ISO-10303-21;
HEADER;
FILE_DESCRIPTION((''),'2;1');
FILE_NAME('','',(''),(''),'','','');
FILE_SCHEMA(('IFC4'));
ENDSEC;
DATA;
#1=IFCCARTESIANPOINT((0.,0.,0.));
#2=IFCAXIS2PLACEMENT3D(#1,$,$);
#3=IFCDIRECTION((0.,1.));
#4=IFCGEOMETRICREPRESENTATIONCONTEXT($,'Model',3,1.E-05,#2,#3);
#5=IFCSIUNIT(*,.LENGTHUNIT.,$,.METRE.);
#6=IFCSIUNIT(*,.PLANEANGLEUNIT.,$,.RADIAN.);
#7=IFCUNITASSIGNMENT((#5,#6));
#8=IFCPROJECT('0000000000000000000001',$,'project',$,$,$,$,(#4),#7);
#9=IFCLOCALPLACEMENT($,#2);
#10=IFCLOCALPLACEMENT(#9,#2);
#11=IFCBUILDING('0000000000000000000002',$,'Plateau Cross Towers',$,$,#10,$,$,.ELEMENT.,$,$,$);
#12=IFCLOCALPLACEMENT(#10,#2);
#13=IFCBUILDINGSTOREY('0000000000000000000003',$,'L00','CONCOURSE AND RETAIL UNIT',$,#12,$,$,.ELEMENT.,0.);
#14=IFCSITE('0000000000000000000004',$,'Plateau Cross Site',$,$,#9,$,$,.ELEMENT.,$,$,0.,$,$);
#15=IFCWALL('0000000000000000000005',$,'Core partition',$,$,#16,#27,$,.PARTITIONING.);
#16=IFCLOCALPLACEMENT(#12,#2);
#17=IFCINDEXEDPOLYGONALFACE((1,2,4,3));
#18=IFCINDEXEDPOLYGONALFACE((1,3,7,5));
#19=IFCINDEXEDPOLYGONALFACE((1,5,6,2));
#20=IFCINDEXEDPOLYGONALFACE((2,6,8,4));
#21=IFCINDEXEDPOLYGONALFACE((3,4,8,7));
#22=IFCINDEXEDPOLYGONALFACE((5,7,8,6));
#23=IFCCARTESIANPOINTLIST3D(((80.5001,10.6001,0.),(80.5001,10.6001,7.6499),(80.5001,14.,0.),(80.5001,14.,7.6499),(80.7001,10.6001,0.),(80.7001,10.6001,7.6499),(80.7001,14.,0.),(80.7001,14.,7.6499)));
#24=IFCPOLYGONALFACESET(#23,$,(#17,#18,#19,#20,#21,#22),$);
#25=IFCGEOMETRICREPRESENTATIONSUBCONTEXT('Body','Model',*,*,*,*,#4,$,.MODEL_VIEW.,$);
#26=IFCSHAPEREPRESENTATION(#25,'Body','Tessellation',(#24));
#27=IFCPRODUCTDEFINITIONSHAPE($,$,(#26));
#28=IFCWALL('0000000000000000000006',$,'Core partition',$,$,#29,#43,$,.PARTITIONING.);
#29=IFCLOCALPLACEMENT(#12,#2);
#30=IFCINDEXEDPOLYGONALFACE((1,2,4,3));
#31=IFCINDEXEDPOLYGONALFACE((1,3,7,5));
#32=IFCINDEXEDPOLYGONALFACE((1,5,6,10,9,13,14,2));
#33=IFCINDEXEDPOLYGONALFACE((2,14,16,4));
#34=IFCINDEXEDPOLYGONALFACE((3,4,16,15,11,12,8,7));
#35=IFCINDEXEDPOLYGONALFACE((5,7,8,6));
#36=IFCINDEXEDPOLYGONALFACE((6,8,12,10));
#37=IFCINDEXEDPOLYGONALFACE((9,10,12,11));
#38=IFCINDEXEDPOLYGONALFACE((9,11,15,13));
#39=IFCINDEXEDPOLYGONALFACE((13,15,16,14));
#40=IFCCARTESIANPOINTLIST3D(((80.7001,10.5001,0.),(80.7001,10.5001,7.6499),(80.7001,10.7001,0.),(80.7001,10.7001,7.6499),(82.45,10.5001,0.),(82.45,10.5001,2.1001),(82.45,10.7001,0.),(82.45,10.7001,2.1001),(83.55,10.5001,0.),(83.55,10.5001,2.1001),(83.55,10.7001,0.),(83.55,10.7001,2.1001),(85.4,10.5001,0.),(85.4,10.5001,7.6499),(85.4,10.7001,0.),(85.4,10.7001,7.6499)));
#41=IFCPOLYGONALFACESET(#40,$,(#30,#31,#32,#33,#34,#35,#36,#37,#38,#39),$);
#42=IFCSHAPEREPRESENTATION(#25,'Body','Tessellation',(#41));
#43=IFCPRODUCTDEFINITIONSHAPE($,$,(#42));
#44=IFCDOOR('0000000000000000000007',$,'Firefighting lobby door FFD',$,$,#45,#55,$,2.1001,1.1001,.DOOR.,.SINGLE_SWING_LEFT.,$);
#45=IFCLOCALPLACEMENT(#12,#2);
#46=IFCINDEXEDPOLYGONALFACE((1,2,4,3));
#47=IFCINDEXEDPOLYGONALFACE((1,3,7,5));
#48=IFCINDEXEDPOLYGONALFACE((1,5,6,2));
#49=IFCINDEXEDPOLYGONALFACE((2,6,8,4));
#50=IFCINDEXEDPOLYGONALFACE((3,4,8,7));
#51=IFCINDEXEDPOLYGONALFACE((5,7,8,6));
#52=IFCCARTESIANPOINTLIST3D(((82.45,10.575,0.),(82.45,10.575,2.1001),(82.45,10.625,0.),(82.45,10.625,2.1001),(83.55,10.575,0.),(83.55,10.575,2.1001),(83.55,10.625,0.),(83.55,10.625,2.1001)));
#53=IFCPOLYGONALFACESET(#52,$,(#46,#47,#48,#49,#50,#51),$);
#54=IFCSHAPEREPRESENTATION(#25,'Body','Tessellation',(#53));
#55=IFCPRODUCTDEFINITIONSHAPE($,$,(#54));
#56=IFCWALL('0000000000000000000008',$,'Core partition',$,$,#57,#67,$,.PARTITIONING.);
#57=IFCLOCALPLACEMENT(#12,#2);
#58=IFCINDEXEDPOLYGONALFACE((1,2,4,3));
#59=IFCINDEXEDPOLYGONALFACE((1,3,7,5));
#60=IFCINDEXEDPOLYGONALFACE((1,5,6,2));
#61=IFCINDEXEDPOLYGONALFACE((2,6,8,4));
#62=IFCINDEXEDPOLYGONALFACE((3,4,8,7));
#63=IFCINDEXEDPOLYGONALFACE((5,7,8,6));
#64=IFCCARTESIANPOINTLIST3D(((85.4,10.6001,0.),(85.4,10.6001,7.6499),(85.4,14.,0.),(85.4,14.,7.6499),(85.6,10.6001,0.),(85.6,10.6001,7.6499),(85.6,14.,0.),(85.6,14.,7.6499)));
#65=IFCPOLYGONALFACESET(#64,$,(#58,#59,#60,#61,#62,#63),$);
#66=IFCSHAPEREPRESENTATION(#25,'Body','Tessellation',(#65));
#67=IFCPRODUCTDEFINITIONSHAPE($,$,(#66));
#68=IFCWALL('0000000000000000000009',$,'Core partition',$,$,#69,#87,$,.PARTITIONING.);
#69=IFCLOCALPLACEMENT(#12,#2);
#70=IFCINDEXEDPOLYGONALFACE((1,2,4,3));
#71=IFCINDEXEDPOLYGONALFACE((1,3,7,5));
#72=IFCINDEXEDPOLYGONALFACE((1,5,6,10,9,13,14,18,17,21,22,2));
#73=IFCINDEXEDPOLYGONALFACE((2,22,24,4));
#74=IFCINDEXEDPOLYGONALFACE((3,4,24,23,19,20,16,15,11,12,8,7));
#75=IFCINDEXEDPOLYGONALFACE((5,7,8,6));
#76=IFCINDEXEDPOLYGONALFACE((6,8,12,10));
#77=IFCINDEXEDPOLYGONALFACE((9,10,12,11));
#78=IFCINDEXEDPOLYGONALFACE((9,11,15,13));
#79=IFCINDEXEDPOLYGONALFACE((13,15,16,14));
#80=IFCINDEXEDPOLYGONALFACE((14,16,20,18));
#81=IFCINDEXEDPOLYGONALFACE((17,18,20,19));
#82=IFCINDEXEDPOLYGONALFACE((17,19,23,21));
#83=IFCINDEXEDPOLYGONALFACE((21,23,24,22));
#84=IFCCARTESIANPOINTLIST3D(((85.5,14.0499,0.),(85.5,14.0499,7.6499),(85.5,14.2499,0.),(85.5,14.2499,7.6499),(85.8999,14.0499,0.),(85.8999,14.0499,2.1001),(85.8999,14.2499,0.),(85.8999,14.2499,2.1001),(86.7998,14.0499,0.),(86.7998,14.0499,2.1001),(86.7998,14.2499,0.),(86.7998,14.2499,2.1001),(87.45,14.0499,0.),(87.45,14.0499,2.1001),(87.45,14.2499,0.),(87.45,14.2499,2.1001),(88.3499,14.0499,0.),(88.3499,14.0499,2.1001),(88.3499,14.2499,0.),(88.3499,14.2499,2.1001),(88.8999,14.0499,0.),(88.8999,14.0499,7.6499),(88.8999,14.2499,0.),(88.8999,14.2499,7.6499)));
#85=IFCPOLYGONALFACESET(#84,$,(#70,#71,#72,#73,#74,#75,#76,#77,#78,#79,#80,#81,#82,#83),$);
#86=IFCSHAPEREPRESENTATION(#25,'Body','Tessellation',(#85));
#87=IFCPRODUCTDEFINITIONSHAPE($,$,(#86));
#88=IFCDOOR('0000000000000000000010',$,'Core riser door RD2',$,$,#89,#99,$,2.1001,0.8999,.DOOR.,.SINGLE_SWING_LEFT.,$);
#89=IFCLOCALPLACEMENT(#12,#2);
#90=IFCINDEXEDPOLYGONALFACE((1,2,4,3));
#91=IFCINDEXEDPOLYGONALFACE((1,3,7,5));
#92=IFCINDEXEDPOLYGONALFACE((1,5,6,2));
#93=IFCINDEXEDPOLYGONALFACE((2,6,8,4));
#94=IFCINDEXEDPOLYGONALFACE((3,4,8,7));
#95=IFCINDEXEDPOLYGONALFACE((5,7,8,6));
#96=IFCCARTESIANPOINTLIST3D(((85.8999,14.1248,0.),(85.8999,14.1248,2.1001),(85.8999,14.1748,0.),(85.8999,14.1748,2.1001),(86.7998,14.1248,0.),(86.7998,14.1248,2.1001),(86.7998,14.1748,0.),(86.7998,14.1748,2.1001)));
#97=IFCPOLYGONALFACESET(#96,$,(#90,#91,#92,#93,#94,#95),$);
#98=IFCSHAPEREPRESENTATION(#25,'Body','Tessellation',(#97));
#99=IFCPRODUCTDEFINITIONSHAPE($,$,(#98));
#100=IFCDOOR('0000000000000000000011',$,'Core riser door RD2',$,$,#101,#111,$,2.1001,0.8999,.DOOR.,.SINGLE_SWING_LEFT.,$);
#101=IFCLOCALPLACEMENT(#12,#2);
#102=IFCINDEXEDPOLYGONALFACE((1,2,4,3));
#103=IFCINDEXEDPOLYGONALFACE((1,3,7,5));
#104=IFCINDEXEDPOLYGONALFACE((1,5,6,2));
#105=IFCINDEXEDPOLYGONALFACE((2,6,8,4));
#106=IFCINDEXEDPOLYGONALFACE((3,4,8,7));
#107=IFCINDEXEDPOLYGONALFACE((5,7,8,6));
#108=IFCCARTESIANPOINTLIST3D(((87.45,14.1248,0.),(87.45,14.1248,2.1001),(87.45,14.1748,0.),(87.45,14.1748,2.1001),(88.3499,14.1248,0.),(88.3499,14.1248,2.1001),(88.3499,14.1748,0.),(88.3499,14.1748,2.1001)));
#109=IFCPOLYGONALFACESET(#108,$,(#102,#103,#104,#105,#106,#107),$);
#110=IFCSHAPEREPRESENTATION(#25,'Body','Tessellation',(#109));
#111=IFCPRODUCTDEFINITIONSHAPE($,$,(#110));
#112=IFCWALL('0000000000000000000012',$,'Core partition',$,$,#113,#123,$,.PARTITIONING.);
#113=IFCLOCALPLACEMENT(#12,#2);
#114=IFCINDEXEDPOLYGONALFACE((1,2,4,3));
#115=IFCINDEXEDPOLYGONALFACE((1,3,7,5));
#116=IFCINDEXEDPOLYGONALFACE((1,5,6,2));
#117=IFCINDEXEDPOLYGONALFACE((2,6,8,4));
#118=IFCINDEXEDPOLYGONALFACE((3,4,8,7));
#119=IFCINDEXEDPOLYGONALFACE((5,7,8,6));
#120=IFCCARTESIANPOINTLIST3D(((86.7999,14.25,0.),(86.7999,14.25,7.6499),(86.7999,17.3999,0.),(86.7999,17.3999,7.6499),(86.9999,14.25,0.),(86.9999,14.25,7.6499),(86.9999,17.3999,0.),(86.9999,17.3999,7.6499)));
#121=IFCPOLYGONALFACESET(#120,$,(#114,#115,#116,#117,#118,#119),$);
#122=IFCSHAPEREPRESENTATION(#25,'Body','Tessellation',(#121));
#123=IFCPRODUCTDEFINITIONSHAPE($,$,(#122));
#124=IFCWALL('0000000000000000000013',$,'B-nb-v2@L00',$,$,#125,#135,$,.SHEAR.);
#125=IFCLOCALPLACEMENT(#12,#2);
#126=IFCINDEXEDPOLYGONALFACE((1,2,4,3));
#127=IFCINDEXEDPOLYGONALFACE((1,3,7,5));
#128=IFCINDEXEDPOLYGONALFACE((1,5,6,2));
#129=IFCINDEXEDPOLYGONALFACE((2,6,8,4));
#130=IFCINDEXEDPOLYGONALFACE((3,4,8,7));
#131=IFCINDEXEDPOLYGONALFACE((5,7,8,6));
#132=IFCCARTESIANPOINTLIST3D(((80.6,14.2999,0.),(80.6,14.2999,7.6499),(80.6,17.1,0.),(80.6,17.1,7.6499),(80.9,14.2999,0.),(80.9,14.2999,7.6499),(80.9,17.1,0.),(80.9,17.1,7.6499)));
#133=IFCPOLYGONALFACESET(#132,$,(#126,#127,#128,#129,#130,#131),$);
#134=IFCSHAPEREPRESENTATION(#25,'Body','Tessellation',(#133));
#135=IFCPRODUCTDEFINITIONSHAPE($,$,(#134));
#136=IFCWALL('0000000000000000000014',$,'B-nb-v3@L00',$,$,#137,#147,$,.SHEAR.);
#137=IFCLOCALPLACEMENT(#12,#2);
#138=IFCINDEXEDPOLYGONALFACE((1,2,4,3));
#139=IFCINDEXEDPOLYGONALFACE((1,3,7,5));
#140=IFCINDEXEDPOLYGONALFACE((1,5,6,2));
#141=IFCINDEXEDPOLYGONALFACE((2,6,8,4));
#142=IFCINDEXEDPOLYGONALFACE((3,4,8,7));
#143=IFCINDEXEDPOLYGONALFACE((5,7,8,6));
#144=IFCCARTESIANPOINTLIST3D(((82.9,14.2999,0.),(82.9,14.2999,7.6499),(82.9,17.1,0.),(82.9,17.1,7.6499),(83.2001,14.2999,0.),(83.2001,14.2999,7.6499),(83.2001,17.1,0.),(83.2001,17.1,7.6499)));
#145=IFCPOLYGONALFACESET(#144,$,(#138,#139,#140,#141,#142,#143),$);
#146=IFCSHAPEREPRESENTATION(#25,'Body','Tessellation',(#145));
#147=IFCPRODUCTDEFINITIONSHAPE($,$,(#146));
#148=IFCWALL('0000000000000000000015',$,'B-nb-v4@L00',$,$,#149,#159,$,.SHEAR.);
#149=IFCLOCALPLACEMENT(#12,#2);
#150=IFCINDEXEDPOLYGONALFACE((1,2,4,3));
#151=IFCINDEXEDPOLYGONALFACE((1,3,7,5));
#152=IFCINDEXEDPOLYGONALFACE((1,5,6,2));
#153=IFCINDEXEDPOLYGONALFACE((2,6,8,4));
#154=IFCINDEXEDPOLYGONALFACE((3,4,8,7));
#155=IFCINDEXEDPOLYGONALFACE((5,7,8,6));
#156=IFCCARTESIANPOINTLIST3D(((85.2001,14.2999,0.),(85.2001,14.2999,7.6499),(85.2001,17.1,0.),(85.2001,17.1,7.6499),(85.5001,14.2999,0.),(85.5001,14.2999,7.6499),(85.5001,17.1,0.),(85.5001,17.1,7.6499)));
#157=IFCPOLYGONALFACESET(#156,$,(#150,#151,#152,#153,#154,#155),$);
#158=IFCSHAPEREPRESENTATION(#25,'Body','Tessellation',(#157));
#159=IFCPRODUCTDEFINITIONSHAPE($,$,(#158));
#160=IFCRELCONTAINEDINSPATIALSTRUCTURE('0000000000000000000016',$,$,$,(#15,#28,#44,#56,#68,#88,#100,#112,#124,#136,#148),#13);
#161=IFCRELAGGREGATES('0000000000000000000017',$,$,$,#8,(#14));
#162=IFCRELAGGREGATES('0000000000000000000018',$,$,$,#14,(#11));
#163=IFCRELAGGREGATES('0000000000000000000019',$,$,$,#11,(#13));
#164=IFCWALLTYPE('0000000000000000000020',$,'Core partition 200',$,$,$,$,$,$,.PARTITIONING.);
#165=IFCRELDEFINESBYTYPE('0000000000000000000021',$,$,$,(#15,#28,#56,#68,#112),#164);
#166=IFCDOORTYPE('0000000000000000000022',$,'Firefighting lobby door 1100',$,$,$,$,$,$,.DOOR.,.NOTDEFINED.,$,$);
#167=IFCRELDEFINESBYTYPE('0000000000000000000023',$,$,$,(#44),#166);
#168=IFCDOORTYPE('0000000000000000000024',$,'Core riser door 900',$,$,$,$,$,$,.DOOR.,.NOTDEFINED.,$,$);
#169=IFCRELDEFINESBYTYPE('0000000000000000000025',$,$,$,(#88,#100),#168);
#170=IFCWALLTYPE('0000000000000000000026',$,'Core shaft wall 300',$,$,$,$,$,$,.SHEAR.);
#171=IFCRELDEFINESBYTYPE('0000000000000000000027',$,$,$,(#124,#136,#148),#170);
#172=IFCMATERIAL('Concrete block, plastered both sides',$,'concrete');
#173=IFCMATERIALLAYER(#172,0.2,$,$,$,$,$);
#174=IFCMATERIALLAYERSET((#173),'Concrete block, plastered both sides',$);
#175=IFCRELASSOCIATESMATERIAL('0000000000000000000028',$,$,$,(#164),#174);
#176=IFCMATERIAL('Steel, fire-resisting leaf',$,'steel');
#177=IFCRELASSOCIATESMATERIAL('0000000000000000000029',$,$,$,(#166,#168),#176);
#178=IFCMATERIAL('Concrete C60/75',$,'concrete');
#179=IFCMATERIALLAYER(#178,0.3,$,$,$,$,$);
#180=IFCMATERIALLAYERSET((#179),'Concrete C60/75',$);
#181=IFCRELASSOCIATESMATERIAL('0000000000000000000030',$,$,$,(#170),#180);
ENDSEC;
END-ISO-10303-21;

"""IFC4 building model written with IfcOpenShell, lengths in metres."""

from ifc_helpers import new_model, si_unit, direction, frame, frame_2d, origin, place, context, subcontext, project, spatial, rectangle, extrude, material, layer, layer_set, type_object, element, fill, save


model = new_model("IFC4")

# Units and contexts
model_context = context("Model", 3, precision=1e-05, world=origin(), true_north=direction((0.0, 1.0)))
body_context = subcontext(model_context, "Body", "Model", "MODEL_VIEW")
ifc_project = project(units=[si_unit("LENGTHUNIT", "METRE"), si_unit("PLANEANGLEUNIT", "RADIAN")], contexts=[model_context])

# Site, building, storey
site_placement = place(None, origin())
site = spatial("IfcSite", under=ifc_project, at=site_placement, Name="Plateau Cross Site", CompositionType="ELEMENT", RefElevation=0.0)
building_placement = place(site_placement, origin())
building = spatial("IfcBuilding", under=site, at=building_placement, Name="Plateau Cross Towers", CompositionType="ELEMENT")
storey_placement = place(building_placement, origin())
storey = spatial("IfcBuildingStorey", under=building, at=storey_placement, Name="L00", Description="CONCOURSE AND RETAIL UNIT", CompositionType="ELEMENT", Elevation=0.0)

# Wall
ifc_material_1 = material(Name="Concrete block, plastered both sides", Category="concrete")
ifc_layer_1 = layer(ifc_material_1, 0.2)
ifc_layer_set_1 = layer_set([ifc_layer_1], Name="Concrete block, plastered both sides")
wall_type_1 = type_object("IfcWallType", Name="Core partition 200", PredefinedType="PARTITIONING", material=ifc_layer_set_1)
wall_1_placement = place(storey_placement, frame((80.6001, 10.6001, 0.0), z_axis=(0.0, 0.0, 1.0), x_axis=(0.0, 1.0, 0.0)))
element("IfcWall", 1, at=wall_1_placement, inside=storey, type_object=wall_type_1, Name="Core partition", PredefinedType="PARTITIONING", context=body_context, shape_type="SweptSolid", body=[
    extrude(rectangle(XDim=3.3999, YDim=0.2, at=frame_2d((1.7, 0.0))), origin(), (0.0, 0.0, 1.0), 7.6499),
])

# Wall, opening, door
wall_2_placement = place(storey_placement, frame((80.7, 10.6001, 0.0), z_axis=(0.0, 0.0, 1.0), x_axis=(1.0, 0.0, 0.0)))
wall_2 = element("IfcWall", 2, at=wall_2_placement, inside=storey, type_object=wall_type_1, Name="Core partition", PredefinedType="PARTITIONING", context=body_context, shape_type="SweptSolid", body=[
    extrude(rectangle(XDim=4.7, YDim=0.2, at=frame_2d((2.3501, 0.0))), origin(), (0.0, 0.0, 1.0), 7.6499),
])
opening_1_placement = place(wall_2_placement, frame((1.75, 0.0, 0.0)))
opening_1 = element("IfcOpeningElement", 3, at=opening_1_placement, cuts=wall_2, PredefinedType="OPENING", context=body_context, shape_type="SweptSolid", body=[
    extrude(rectangle(XDim=1.1001, YDim=2.1001, at=frame_2d((0.55, 1.05))), frame((0.0, 0.1099, 0.0), z_axis=(0.0, -1.0, 0.0), x_axis=(1.0, 0.0, 0.0)), (0.0, 0.0, 1.0), 0.22),
])
ifc_material_2 = material(Name="Steel, fire-resisting leaf", Category="steel")
door_type_1 = type_object("IfcDoorType", Name="Firefighting lobby door 1100", OperationType="NOTDEFINED", PredefinedType="DOOR", material=ifc_material_2)
door_1_placement = place(opening_1_placement, origin())
door_1 = element("IfcDoor", 4, at=door_1_placement, inside=storey, type_object=door_type_1, Name="Firefighting lobby door FFD", OperationType="SINGLE_SWING_LEFT", OverallHeight=2.1001, OverallWidth=1.1001, PredefinedType="DOOR", context=body_context, shape_type="SweptSolid", body=[
    extrude(rectangle(XDim=1.1001, YDim=2.1001, at=frame_2d((0.55, 1.05))), frame((0.0, 0.0249, 0.0), z_axis=(0.0, -1.0, 0.0), x_axis=(1.0, 0.0, 0.0)), (0.0, 0.0, 1.0), 0.05),
])
fill(opening_1, door_1)

# Wall
wall_3_placement = place(storey_placement, frame((85.5, 10.6001, 0.0), z_axis=(0.0, 0.0, 1.0), x_axis=(0.0, 1.0, 0.0)))
element("IfcWall", 5, at=wall_3_placement, inside=storey, type_object=wall_type_1, Name="Core partition", PredefinedType="PARTITIONING", context=body_context, shape_type="SweptSolid", body=[
    extrude(rectangle(XDim=3.3999, YDim=0.2, at=frame_2d((1.7, 0.0))), origin(), (0.0, 0.0, 1.0), 7.6499),
])

# Wall, openings, doors
wall_4_placement = place(storey_placement, frame((85.5, 14.1499, 0.0), z_axis=(0.0, 0.0, 1.0), x_axis=(1.0, 0.0, 0.0)))
wall_4 = element("IfcWall", 6, at=wall_4_placement, inside=storey, type_object=wall_type_1, Name="Core partition", PredefinedType="PARTITIONING", context=body_context, shape_type="SweptSolid", body=[
    extrude(rectangle(XDim=3.3999, YDim=0.2, at=frame_2d((1.7, 0.0))), origin(), (0.0, 0.0, 1.0), 7.6499),
])
opening_2_placement = place(wall_4_placement, frame((0.3999, 0.0, 0.0)))
opening_2 = element("IfcOpeningElement", 7, at=opening_2_placement, cuts=wall_4, PredefinedType="OPENING", context=body_context, shape_type="SweptSolid", body=[
    extrude(rectangle(XDim=0.8999, YDim=2.1001, at=frame_2d((0.45, 1.05))), frame((0.0, 0.1099, 0.0), z_axis=(0.0, -1.0, 0.0), x_axis=(1.0, 0.0, 0.0)), (0.0, 0.0, 1.0), 0.22),
])
opening_3_placement = place(wall_4_placement, frame((1.95, 0.0, 0.0)))
opening_3 = element("IfcOpeningElement", 8, at=opening_3_placement, cuts=wall_4, PredefinedType="OPENING", context=body_context, shape_type="SweptSolid", body=[
    extrude(rectangle(XDim=0.8999, YDim=2.1001, at=frame_2d((0.45, 1.05))), frame((0.0, 0.1099, 0.0), z_axis=(0.0, -1.0, 0.0), x_axis=(1.0, 0.0, 0.0)), (0.0, 0.0, 1.0), 0.22),
])
door_type_2 = type_object("IfcDoorType", Name="Core riser door 900", OperationType="NOTDEFINED", PredefinedType="DOOR", material=ifc_material_2)
door_2_placement = place(opening_2_placement, origin())
door_2 = element("IfcDoor", 9, at=door_2_placement, inside=storey, type_object=door_type_2, Name="Core riser door RD2", OperationType="SINGLE_SWING_LEFT", OverallHeight=2.1001, OverallWidth=0.8999, PredefinedType="DOOR", context=body_context, shape_type="SweptSolid", body=[
    extrude(rectangle(XDim=0.8999, YDim=2.1001, at=frame_2d((0.45, 1.05))), frame((0.0, 0.0249, 0.0), z_axis=(0.0, -1.0, 0.0), x_axis=(1.0, 0.0, 0.0)), (0.0, 0.0, 1.0), 0.05),
])
fill(opening_2, door_2)
door_3_placement = place(opening_3_placement, origin())
door_3 = element("IfcDoor", 10, at=door_3_placement, inside=storey, type_object=door_type_2, Name="Core riser door RD2", OperationType="SINGLE_SWING_LEFT", OverallHeight=2.1001, OverallWidth=0.8999, PredefinedType="DOOR", context=body_context, shape_type="SweptSolid", body=[
    extrude(rectangle(XDim=0.8999, YDim=2.1001, at=frame_2d((0.45, 1.05))), frame((0.0, 0.0249, 0.0), z_axis=(0.0, -1.0, 0.0), x_axis=(1.0, 0.0, 0.0)), (0.0, 0.0, 1.0), 0.05),
])
fill(opening_3, door_3)

# Walls
wall_5_placement = place(storey_placement, frame((86.8999, 14.25, 0.0), z_axis=(0.0, 0.0, 1.0), x_axis=(0.0, 1.0, 0.0)))
element("IfcWall", 11, at=wall_5_placement, inside=storey, type_object=wall_type_1, Name="Core partition", PredefinedType="PARTITIONING", context=body_context, shape_type="SweptSolid", body=[
    extrude(rectangle(XDim=3.1499, YDim=0.2, at=frame_2d((1.575, 0.0))), origin(), (0.0, 0.0, 1.0), 7.6499),
])
ifc_material_3 = material(Name="Concrete C60/75", Category="concrete")
ifc_layer_2 = layer(ifc_material_3, 0.3)
ifc_layer_set_2 = layer_set([ifc_layer_2], Name="Concrete C60/75")
wall_type_2 = type_object("IfcWallType", Name="Core shaft wall 300", PredefinedType="SHEAR", material=ifc_layer_set_2)
for number, where, z_axis, x_axis, name in (
    (12, (80.75, 14.3, 0.0), (0.0, 0.0, 1.0), (0.0, 1.0, 0.0), "B-nb-v2@L00"),
    (13, (83.05, 14.3, 0.0), (0.0, 0.0, 1.0), (0.0, 1.0, 0.0), "B-nb-v3@L00"),
    (14, (85.3501, 14.3, 0.0), (0.0, 0.0, 1.0), (0.0, 1.0, 0.0), "B-nb-v4@L00"),
):
    element("IfcWall", number, at=place(storey_placement, frame(where, z_axis=z_axis, x_axis=x_axis)), inside=storey, type_object=wall_type_2, Name=name, PredefinedType="SHEAR", context=body_context, shape_type="SweptSolid", body=[
        extrude(rectangle(XDim=2.8, YDim=0.3, at=frame_2d((1.3999, 0.0))), origin(), (0.0, 0.0, 1.0), 7.6499),
    ])

save(model, "model.ifc")
